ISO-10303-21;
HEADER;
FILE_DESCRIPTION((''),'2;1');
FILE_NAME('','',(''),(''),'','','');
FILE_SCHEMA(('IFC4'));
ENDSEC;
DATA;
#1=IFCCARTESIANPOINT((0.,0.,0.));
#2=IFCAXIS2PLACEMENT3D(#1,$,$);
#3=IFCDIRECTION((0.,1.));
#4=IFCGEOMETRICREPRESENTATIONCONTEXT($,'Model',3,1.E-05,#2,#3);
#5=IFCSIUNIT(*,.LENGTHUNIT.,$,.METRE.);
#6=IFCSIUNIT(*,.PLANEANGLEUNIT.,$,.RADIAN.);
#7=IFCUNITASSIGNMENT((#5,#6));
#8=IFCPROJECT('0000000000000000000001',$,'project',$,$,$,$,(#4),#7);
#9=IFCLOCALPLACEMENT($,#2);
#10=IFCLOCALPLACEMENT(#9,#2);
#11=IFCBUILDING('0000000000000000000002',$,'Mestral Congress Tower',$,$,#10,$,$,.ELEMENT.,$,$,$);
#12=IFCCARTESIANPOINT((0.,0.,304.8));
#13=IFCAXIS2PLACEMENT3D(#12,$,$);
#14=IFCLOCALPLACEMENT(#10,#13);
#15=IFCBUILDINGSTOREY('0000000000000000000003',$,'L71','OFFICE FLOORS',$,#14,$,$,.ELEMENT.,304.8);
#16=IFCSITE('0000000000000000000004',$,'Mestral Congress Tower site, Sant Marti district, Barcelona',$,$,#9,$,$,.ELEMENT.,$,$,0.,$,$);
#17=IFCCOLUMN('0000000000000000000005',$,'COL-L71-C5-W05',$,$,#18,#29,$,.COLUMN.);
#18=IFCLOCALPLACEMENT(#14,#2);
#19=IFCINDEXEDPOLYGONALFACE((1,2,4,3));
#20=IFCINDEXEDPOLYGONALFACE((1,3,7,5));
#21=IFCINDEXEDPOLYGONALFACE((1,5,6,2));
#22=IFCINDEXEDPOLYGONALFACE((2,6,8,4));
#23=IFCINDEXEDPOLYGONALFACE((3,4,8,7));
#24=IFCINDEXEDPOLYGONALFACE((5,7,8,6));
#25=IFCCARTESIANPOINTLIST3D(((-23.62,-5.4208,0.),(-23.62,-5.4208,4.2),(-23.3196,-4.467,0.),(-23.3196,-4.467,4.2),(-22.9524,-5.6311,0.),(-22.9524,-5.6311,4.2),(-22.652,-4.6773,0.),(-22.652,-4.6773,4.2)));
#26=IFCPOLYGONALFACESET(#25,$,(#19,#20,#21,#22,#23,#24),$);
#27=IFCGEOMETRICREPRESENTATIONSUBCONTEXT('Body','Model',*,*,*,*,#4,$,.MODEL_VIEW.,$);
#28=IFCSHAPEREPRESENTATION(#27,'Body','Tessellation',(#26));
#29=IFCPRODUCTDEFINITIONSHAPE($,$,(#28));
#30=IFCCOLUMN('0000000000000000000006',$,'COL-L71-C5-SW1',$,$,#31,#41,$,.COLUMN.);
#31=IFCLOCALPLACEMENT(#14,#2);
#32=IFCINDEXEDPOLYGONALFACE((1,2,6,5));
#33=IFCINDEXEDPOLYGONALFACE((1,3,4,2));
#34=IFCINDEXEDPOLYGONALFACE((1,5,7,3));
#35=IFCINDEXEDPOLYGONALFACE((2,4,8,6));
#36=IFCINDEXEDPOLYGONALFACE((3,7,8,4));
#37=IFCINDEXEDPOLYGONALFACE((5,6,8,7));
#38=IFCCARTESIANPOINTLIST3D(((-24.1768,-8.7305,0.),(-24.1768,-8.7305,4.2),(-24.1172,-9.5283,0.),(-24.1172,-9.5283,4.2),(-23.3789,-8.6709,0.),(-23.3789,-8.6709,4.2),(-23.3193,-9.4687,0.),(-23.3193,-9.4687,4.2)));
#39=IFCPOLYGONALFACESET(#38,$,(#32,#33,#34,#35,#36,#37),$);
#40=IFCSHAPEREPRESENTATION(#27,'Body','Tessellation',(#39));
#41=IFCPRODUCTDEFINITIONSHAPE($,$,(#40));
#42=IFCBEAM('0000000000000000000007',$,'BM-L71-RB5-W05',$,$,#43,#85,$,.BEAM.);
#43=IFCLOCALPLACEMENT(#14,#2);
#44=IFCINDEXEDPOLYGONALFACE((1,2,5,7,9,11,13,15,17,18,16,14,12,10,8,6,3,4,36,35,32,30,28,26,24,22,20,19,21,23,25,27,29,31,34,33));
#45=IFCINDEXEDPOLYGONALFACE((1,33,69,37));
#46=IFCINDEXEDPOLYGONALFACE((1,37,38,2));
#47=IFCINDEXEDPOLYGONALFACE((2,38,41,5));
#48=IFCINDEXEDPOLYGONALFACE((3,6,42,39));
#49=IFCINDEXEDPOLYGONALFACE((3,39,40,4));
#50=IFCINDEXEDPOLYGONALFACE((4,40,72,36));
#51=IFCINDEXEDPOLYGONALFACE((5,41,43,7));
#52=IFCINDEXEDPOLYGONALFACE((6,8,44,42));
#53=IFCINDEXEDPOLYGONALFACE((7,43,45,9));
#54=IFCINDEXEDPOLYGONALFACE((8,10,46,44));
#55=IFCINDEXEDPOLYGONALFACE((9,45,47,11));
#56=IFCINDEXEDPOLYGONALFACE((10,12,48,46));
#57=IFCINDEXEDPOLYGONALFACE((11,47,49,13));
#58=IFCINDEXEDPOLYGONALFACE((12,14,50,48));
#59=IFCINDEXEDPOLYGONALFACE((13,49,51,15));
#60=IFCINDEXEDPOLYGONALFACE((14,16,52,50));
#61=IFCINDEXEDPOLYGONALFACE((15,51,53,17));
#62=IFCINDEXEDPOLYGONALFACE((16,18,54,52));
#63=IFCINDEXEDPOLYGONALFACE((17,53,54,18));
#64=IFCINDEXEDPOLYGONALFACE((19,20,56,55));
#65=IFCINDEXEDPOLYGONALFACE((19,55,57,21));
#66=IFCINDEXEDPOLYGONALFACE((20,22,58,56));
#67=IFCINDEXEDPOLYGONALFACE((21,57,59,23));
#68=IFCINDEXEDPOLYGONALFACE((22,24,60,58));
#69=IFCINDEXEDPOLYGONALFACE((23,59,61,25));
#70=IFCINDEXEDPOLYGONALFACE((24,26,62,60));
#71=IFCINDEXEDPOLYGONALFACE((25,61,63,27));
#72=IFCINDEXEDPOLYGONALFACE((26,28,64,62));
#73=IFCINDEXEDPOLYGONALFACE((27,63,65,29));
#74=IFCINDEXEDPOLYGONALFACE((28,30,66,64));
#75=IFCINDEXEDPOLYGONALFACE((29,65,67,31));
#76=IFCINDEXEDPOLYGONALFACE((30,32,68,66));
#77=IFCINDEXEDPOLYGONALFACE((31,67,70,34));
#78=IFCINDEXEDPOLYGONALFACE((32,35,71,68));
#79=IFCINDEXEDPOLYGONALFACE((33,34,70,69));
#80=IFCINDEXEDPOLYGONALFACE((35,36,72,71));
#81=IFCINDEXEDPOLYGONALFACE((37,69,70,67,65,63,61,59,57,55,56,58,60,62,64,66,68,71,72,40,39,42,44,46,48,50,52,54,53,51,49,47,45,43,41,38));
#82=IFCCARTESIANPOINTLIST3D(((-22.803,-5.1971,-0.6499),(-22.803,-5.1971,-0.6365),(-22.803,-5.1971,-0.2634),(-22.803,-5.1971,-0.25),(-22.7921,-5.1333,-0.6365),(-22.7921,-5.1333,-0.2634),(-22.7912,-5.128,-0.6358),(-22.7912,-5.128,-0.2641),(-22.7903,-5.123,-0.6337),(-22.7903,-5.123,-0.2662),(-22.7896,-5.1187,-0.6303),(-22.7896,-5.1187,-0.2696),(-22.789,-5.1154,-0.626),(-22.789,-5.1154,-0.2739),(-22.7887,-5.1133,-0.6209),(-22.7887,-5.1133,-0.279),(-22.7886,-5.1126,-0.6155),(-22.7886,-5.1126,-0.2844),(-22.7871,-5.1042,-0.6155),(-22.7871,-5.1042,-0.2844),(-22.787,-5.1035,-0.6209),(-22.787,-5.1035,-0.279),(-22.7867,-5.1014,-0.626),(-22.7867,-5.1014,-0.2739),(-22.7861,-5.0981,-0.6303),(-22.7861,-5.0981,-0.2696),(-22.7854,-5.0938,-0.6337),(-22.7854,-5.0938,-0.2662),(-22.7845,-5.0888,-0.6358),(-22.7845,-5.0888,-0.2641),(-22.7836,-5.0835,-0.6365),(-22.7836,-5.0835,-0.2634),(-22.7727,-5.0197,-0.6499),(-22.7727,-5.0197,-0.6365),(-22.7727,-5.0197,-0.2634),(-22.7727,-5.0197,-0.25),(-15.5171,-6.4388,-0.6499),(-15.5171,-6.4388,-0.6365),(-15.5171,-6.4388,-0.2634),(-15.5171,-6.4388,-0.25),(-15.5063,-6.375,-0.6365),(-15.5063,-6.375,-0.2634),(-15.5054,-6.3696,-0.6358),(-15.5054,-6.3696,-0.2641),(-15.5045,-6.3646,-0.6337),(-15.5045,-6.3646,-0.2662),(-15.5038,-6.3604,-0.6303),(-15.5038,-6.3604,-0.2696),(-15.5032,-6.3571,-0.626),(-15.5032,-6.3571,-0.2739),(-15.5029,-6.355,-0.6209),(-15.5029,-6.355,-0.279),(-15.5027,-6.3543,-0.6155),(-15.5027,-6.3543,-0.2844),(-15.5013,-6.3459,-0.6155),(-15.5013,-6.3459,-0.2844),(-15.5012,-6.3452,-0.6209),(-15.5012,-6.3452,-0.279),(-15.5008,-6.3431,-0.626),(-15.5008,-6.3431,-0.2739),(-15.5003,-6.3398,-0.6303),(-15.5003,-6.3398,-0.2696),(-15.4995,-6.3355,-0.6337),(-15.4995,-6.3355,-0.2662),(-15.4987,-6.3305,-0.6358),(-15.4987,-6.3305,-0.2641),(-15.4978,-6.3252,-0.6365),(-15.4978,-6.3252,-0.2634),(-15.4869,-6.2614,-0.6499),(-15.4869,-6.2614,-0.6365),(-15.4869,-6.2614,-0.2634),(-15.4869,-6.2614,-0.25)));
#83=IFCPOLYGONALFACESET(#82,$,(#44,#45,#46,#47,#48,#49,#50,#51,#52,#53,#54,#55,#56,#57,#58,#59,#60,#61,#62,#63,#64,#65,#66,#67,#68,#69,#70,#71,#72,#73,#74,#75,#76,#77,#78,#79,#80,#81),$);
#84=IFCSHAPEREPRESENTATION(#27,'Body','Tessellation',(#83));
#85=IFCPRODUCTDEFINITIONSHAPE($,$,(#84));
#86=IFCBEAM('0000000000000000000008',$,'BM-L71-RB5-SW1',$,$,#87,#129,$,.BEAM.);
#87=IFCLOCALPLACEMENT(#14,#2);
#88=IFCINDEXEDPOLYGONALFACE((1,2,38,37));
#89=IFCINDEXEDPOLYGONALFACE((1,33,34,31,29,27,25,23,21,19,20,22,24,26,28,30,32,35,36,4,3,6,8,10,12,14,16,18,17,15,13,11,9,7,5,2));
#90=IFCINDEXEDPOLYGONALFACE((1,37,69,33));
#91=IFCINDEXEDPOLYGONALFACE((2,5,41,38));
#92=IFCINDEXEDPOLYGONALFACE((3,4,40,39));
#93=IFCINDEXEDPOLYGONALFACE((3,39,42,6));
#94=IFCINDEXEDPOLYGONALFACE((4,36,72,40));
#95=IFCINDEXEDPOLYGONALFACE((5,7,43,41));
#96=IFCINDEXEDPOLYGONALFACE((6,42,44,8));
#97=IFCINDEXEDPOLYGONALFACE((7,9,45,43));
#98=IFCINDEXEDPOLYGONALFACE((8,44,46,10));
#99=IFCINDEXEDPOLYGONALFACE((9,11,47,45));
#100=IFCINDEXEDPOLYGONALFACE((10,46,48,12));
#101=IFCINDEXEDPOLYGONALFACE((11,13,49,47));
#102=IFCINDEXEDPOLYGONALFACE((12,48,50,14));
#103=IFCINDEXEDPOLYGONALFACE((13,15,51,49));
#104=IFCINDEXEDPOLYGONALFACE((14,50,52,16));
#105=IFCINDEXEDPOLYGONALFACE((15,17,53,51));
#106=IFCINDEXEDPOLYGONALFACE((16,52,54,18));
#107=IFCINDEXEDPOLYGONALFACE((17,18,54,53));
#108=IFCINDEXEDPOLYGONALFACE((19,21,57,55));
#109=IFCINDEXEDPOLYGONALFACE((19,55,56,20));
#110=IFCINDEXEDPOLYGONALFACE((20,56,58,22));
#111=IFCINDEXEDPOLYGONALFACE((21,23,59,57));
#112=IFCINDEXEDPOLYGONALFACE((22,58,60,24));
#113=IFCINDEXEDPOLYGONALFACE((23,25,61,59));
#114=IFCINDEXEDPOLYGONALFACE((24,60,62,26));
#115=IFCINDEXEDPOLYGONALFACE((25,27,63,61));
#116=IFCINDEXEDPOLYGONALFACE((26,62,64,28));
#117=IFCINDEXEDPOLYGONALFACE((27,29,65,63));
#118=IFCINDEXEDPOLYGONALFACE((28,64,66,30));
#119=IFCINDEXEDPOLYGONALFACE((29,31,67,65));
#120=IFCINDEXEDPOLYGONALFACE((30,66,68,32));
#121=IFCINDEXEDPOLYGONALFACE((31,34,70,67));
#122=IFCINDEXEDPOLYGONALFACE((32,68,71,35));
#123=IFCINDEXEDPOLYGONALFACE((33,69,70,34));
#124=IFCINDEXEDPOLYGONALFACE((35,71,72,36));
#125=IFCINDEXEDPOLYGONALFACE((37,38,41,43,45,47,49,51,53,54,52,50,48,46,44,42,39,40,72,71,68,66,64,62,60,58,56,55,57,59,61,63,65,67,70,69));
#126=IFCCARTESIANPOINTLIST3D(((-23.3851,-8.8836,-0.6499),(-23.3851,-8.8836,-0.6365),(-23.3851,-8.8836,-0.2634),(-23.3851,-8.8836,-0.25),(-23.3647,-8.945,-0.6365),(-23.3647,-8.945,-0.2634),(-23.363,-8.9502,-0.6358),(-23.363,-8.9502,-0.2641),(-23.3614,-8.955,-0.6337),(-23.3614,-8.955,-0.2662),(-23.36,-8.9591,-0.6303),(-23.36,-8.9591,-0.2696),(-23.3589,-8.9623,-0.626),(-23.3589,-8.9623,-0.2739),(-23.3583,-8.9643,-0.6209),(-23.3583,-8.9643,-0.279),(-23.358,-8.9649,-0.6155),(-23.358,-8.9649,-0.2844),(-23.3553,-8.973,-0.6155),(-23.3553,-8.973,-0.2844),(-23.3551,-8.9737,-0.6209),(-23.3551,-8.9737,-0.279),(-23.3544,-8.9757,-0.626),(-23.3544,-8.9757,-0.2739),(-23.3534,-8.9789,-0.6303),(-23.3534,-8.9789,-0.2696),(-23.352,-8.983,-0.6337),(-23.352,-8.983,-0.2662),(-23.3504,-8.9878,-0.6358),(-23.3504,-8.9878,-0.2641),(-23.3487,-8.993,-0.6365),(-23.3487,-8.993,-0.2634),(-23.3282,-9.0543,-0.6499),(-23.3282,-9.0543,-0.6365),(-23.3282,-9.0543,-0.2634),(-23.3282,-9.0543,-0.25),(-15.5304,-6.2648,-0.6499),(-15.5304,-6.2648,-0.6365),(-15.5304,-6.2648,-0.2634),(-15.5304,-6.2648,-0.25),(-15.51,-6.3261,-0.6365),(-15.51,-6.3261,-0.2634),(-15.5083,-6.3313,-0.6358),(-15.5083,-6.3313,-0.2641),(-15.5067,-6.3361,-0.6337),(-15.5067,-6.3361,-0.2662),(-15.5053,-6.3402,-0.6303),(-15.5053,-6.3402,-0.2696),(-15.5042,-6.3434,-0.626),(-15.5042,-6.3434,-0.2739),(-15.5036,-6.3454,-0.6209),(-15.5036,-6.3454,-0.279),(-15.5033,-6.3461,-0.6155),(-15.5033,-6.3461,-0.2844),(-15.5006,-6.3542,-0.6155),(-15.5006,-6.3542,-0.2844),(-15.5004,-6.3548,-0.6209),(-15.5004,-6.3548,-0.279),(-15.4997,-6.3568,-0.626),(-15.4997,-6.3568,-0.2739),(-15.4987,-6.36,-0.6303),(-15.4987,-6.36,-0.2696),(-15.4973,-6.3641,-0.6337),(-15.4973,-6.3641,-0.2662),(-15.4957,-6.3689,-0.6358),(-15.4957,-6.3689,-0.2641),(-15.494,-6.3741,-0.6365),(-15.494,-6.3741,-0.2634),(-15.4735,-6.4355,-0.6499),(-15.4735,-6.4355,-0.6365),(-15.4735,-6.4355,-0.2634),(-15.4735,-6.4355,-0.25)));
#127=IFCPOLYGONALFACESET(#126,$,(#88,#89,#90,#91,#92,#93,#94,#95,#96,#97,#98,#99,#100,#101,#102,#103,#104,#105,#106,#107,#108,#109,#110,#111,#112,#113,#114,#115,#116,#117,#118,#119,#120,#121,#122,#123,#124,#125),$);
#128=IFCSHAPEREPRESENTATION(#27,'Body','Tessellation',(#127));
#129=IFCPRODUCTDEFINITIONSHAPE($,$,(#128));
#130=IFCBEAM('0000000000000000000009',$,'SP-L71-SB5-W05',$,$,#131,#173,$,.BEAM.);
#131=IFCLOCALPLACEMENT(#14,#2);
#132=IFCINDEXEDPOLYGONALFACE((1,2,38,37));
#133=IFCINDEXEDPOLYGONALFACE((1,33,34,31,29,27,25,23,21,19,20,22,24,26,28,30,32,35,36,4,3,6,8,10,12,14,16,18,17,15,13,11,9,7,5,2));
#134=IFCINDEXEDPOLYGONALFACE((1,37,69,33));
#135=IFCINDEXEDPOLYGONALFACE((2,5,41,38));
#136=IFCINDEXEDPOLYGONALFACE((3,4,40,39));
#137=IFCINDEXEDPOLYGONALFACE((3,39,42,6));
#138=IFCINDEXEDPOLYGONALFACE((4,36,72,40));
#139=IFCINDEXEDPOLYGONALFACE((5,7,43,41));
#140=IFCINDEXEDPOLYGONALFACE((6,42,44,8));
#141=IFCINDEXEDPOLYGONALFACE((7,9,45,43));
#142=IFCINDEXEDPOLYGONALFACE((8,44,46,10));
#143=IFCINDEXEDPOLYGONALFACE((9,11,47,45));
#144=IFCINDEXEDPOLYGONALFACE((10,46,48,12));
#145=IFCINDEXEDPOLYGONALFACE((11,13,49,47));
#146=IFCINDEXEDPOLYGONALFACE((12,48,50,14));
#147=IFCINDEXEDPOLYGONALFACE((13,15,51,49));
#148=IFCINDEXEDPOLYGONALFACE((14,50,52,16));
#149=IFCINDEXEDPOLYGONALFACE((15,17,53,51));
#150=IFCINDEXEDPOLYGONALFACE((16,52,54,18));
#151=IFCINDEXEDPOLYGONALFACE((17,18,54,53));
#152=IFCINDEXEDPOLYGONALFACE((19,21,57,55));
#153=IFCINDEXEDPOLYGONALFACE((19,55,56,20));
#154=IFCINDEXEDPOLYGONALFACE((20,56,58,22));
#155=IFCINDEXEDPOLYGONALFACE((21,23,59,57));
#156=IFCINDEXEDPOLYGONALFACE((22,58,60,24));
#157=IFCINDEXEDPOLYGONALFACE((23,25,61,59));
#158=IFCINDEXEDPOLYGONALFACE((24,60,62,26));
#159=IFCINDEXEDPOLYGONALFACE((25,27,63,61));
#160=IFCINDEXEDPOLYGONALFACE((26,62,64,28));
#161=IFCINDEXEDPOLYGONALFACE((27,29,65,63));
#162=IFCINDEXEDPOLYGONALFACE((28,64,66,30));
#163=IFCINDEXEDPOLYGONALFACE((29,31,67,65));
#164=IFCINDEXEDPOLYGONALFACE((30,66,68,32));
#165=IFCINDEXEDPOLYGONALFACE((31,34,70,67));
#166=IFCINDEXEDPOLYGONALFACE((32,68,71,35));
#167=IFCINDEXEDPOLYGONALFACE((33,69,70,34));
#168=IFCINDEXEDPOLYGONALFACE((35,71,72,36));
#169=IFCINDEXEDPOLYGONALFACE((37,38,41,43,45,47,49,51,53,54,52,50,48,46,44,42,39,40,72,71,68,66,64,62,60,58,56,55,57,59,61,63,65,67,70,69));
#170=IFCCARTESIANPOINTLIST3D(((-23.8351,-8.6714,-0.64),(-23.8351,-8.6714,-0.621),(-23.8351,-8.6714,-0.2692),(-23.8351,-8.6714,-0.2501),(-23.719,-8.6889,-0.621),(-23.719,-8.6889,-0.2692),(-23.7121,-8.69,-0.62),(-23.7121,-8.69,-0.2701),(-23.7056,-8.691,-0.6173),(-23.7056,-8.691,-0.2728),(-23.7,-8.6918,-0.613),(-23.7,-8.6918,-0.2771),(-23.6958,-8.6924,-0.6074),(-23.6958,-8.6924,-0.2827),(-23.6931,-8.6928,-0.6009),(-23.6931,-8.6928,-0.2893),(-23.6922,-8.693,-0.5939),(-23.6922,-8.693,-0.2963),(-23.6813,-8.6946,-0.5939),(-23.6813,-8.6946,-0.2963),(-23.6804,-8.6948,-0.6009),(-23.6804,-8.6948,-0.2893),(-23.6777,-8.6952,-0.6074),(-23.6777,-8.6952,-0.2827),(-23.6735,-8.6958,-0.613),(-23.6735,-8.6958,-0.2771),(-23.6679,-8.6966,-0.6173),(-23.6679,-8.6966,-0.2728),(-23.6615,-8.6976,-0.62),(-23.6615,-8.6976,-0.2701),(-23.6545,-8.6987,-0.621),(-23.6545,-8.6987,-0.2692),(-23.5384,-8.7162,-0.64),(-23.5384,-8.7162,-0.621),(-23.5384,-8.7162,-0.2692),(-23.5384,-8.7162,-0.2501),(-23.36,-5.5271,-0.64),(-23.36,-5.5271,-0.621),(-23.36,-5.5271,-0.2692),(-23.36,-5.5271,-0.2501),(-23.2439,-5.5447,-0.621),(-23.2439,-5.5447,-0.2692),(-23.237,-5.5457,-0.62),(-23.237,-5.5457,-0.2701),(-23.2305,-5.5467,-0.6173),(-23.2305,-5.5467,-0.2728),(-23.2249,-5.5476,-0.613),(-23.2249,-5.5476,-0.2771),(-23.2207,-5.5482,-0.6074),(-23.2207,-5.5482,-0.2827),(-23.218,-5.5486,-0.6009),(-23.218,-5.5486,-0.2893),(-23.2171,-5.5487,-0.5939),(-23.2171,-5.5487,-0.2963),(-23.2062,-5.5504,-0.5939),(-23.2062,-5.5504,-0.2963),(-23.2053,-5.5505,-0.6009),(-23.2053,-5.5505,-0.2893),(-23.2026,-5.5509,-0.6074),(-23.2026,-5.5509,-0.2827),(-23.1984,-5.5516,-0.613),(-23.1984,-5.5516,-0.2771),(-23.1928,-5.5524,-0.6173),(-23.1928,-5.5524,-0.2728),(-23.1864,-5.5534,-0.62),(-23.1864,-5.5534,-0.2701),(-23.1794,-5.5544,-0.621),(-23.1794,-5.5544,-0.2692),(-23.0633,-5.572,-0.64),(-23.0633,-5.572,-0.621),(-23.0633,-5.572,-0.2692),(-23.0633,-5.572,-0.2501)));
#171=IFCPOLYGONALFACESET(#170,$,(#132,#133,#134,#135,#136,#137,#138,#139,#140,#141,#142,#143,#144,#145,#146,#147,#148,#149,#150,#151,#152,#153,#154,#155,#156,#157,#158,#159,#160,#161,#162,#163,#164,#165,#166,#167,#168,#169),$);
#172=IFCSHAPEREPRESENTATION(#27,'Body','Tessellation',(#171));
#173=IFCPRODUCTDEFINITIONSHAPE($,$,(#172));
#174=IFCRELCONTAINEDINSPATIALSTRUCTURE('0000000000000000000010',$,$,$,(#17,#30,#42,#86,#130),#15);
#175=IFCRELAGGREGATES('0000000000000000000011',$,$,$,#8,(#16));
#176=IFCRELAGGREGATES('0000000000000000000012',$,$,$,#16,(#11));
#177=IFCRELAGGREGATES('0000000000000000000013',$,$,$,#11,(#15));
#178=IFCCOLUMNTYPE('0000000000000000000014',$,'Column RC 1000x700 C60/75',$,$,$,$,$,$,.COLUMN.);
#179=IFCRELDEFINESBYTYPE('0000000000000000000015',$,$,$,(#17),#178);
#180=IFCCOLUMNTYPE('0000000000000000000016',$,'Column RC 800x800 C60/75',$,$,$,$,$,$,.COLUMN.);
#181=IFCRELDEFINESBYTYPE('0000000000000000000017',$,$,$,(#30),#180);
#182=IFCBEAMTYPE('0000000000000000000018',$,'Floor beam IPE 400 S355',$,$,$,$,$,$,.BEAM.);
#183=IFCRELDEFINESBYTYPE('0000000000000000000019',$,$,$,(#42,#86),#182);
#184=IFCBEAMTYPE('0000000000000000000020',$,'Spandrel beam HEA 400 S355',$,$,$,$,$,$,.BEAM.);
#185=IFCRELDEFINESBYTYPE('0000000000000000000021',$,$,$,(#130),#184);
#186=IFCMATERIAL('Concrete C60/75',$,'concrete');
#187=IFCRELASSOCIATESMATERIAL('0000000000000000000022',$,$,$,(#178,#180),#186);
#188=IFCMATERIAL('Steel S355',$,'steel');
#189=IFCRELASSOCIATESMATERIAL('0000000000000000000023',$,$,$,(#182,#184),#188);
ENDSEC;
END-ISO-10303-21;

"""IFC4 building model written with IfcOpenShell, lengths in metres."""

from ifc_helpers import new_model, si_unit, direction, frame, origin, origin_2d, place, context, subcontext, project, spatial, rectangle, i_section, extrude, material, material_profile, profile_set, type_object, element, save


model = new_model("IFC4")

# Units and contexts
model_context = context("Model", 3, precision=1e-05, world=origin(), true_north=direction((0.0, 1.0)))
body_context = subcontext(model_context, "Body", "Model", "MODEL_VIEW")
ifc_project = project(units=[si_unit("LENGTHUNIT", "METRE"), si_unit("PLANEANGLEUNIT", "RADIAN")], contexts=[model_context])

# Site, building, storey
site_placement = place(None, origin())
site = spatial("IfcSite", under=ifc_project, at=site_placement, Name="Mestral Congress Tower site, Sant Marti district, Barcelona", CompositionType="ELEMENT", RefElevation=0.0)
building_placement = place(site_placement, origin())
building = spatial("IfcBuilding", under=site, at=building_placement, Name="Mestral Congress Tower", CompositionType="ELEMENT")
storey_placement = place(building_placement, frame((0.0, 0.0, 304.8)))
storey = spatial("IfcBuildingStorey", under=building, at=storey_placement, Name="L71", Description="OFFICE FLOORS", CompositionType="ELEMENT", Elevation=304.8)

# Columns
ifc_material_1 = material(Name="Concrete C60/75", Category="concrete")
ifc_material_profile_1 = material_profile(ifc_material_1, rectangle(XDim=1.0, YDim=0.7, at=origin_2d()), Name="RC 1000x700")
ifc_profile_set_1 = profile_set([ifc_material_profile_1], Name="Concrete C60/75")
column_type_1 = type_object("IfcColumnType", Name="Column RC 1000x700 C60/75", PredefinedType="COLUMN", material=ifc_profile_set_1)
column_1_placement = place(storey_placement, frame((-23.136, -5.0491, 0.0), z_axis=(0.0, 0.0, 1.0), x_axis=(-0.300431, -0.953804, 0.0)))
element("IfcColumn", 1, at=column_1_placement, inside=storey, type_object=column_type_1, Name="COL-L71-C5-W05", PredefinedType="COLUMN", context=body_context, shape_type="SweptSolid", body=[
    extrude(rectangle(XDim=1.0, YDim=0.7, at=origin_2d()), origin(), (0.0, 0.0, 1.0), 4.2),
])
ifc_material_profile_2 = material_profile(ifc_material_1, rectangle(XDim=0.8, YDim=0.8, at=origin_2d()), Name="RC 800x800")
ifc_profile_set_2 = profile_set([ifc_material_profile_2], Name="Concrete C60/75")
column_type_2 = type_object("IfcColumnType", Name="Column RC 800x800 C60/75", PredefinedType="COLUMN", material=ifc_profile_set_2)
column_2_placement = place(storey_placement, frame((-23.748, -9.0996, 0.0), z_axis=(0.0, 0.0, 1.0), x_axis=(0.074511, -0.99722, 0.0)))
element("IfcColumn", 2, at=column_2_placement, inside=storey, type_object=column_type_2, Name="COL-L71-C5-SW1", PredefinedType="COLUMN", context=body_context, shape_type="SweptSolid", body=[
    extrude(rectangle(XDim=0.8, YDim=0.8, at=origin_2d()), origin(), (0.0, 0.0, 1.0), 4.2),
])

# Beams
ifc_material_2 = material(Name="Steel S355", Category="steel")
ifc_material_profile_3 = material_profile(ifc_material_2, i_section(OverallWidth=0.1799, OverallDepth=0.3999, WebThickness=0.0085, FlangeThickness=0.0134, FilletRadius=0.021, at=origin_2d()), Name="IPE 400")
ifc_profile_set_3 = profile_set([ifc_material_profile_3], Name="Steel S355")
beam_type_1 = type_object("IfcBeamType", Name="Floor beam IPE 400 S355", PredefinedType="BEAM", material=ifc_profile_set_3)
beam_1_placement = place(storey_placement, frame((-22.7878, -5.1084, -0.45), z_axis=(0.985787, -0.168003, 0.0), x_axis=(0.168003, 0.985787, 0.0)))
element("IfcBeam", 3, at=beam_1_placement, inside=storey, type_object=beam_type_1, Name="BM-L71-RB5-W05", PredefinedType="BEAM", context=body_context, shape_type="SweptSolid", body=[
    extrude(i_section(OverallWidth=0.1799, OverallDepth=0.3999, WebThickness=0.0085, FlangeThickness=0.0134, FilletRadius=0.021, at=origin_2d()), origin(), (0.0, 0.0, 1.0), 7.3909),
])
beam_2_placement = place(storey_placement, frame((-23.3567, -8.969, -0.45), z_axis=(0.94866, 0.316299, 0.0), x_axis=(-0.316299, 0.94866, 0.0)))
element("IfcBeam", 4, at=beam_2_placement, inside=storey, type_object=beam_type_1, Name="BM-L71-RB5-SW1", PredefinedType="BEAM", context=body_context, shape_type="SweptSolid", body=[
    extrude(i_section(OverallWidth=0.1799, OverallDepth=0.3999, WebThickness=0.0085, FlangeThickness=0.0134, FilletRadius=0.021, at=origin_2d()), origin(), (0.0, 0.0, 1.0), 8.2798),
])
ifc_material_profile_4 = material_profile(ifc_material_2, i_section(OverallWidth=0.3, OverallDepth=0.3899, WebThickness=0.011, FlangeThickness=0.019, FilletRadius=0.0271, at=origin_2d()), Name="HEA 400")
ifc_profile_set_4 = profile_set([ifc_material_profile_4], Name="Steel S355")
beam_type_2 = type_object("IfcBeamType", Name="Spandrel beam HEA 400 S355", PredefinedType="BEAM", material=ifc_profile_set_4)
beam_3_placement = place(storey_placement, frame((-23.2117, -5.5496, -0.4451), z_axis=(-0.149403, -0.988776, 0.0), x_axis=(0.988776, -0.149403, 0.0)))
element("IfcBeam", 5, at=beam_3_placement, inside=storey, type_object=beam_type_2, Name="SP-L71-SB5-W05", PredefinedType="BEAM", context=body_context, shape_type="SweptSolid", body=[
    extrude(i_section(OverallWidth=0.3, OverallDepth=0.3899, WebThickness=0.011, FlangeThickness=0.019, FilletRadius=0.0271, at=origin_2d()), origin(), (0.0, 0.0, 1.0), 3.1799),
])

save(model, "model.ifc")
